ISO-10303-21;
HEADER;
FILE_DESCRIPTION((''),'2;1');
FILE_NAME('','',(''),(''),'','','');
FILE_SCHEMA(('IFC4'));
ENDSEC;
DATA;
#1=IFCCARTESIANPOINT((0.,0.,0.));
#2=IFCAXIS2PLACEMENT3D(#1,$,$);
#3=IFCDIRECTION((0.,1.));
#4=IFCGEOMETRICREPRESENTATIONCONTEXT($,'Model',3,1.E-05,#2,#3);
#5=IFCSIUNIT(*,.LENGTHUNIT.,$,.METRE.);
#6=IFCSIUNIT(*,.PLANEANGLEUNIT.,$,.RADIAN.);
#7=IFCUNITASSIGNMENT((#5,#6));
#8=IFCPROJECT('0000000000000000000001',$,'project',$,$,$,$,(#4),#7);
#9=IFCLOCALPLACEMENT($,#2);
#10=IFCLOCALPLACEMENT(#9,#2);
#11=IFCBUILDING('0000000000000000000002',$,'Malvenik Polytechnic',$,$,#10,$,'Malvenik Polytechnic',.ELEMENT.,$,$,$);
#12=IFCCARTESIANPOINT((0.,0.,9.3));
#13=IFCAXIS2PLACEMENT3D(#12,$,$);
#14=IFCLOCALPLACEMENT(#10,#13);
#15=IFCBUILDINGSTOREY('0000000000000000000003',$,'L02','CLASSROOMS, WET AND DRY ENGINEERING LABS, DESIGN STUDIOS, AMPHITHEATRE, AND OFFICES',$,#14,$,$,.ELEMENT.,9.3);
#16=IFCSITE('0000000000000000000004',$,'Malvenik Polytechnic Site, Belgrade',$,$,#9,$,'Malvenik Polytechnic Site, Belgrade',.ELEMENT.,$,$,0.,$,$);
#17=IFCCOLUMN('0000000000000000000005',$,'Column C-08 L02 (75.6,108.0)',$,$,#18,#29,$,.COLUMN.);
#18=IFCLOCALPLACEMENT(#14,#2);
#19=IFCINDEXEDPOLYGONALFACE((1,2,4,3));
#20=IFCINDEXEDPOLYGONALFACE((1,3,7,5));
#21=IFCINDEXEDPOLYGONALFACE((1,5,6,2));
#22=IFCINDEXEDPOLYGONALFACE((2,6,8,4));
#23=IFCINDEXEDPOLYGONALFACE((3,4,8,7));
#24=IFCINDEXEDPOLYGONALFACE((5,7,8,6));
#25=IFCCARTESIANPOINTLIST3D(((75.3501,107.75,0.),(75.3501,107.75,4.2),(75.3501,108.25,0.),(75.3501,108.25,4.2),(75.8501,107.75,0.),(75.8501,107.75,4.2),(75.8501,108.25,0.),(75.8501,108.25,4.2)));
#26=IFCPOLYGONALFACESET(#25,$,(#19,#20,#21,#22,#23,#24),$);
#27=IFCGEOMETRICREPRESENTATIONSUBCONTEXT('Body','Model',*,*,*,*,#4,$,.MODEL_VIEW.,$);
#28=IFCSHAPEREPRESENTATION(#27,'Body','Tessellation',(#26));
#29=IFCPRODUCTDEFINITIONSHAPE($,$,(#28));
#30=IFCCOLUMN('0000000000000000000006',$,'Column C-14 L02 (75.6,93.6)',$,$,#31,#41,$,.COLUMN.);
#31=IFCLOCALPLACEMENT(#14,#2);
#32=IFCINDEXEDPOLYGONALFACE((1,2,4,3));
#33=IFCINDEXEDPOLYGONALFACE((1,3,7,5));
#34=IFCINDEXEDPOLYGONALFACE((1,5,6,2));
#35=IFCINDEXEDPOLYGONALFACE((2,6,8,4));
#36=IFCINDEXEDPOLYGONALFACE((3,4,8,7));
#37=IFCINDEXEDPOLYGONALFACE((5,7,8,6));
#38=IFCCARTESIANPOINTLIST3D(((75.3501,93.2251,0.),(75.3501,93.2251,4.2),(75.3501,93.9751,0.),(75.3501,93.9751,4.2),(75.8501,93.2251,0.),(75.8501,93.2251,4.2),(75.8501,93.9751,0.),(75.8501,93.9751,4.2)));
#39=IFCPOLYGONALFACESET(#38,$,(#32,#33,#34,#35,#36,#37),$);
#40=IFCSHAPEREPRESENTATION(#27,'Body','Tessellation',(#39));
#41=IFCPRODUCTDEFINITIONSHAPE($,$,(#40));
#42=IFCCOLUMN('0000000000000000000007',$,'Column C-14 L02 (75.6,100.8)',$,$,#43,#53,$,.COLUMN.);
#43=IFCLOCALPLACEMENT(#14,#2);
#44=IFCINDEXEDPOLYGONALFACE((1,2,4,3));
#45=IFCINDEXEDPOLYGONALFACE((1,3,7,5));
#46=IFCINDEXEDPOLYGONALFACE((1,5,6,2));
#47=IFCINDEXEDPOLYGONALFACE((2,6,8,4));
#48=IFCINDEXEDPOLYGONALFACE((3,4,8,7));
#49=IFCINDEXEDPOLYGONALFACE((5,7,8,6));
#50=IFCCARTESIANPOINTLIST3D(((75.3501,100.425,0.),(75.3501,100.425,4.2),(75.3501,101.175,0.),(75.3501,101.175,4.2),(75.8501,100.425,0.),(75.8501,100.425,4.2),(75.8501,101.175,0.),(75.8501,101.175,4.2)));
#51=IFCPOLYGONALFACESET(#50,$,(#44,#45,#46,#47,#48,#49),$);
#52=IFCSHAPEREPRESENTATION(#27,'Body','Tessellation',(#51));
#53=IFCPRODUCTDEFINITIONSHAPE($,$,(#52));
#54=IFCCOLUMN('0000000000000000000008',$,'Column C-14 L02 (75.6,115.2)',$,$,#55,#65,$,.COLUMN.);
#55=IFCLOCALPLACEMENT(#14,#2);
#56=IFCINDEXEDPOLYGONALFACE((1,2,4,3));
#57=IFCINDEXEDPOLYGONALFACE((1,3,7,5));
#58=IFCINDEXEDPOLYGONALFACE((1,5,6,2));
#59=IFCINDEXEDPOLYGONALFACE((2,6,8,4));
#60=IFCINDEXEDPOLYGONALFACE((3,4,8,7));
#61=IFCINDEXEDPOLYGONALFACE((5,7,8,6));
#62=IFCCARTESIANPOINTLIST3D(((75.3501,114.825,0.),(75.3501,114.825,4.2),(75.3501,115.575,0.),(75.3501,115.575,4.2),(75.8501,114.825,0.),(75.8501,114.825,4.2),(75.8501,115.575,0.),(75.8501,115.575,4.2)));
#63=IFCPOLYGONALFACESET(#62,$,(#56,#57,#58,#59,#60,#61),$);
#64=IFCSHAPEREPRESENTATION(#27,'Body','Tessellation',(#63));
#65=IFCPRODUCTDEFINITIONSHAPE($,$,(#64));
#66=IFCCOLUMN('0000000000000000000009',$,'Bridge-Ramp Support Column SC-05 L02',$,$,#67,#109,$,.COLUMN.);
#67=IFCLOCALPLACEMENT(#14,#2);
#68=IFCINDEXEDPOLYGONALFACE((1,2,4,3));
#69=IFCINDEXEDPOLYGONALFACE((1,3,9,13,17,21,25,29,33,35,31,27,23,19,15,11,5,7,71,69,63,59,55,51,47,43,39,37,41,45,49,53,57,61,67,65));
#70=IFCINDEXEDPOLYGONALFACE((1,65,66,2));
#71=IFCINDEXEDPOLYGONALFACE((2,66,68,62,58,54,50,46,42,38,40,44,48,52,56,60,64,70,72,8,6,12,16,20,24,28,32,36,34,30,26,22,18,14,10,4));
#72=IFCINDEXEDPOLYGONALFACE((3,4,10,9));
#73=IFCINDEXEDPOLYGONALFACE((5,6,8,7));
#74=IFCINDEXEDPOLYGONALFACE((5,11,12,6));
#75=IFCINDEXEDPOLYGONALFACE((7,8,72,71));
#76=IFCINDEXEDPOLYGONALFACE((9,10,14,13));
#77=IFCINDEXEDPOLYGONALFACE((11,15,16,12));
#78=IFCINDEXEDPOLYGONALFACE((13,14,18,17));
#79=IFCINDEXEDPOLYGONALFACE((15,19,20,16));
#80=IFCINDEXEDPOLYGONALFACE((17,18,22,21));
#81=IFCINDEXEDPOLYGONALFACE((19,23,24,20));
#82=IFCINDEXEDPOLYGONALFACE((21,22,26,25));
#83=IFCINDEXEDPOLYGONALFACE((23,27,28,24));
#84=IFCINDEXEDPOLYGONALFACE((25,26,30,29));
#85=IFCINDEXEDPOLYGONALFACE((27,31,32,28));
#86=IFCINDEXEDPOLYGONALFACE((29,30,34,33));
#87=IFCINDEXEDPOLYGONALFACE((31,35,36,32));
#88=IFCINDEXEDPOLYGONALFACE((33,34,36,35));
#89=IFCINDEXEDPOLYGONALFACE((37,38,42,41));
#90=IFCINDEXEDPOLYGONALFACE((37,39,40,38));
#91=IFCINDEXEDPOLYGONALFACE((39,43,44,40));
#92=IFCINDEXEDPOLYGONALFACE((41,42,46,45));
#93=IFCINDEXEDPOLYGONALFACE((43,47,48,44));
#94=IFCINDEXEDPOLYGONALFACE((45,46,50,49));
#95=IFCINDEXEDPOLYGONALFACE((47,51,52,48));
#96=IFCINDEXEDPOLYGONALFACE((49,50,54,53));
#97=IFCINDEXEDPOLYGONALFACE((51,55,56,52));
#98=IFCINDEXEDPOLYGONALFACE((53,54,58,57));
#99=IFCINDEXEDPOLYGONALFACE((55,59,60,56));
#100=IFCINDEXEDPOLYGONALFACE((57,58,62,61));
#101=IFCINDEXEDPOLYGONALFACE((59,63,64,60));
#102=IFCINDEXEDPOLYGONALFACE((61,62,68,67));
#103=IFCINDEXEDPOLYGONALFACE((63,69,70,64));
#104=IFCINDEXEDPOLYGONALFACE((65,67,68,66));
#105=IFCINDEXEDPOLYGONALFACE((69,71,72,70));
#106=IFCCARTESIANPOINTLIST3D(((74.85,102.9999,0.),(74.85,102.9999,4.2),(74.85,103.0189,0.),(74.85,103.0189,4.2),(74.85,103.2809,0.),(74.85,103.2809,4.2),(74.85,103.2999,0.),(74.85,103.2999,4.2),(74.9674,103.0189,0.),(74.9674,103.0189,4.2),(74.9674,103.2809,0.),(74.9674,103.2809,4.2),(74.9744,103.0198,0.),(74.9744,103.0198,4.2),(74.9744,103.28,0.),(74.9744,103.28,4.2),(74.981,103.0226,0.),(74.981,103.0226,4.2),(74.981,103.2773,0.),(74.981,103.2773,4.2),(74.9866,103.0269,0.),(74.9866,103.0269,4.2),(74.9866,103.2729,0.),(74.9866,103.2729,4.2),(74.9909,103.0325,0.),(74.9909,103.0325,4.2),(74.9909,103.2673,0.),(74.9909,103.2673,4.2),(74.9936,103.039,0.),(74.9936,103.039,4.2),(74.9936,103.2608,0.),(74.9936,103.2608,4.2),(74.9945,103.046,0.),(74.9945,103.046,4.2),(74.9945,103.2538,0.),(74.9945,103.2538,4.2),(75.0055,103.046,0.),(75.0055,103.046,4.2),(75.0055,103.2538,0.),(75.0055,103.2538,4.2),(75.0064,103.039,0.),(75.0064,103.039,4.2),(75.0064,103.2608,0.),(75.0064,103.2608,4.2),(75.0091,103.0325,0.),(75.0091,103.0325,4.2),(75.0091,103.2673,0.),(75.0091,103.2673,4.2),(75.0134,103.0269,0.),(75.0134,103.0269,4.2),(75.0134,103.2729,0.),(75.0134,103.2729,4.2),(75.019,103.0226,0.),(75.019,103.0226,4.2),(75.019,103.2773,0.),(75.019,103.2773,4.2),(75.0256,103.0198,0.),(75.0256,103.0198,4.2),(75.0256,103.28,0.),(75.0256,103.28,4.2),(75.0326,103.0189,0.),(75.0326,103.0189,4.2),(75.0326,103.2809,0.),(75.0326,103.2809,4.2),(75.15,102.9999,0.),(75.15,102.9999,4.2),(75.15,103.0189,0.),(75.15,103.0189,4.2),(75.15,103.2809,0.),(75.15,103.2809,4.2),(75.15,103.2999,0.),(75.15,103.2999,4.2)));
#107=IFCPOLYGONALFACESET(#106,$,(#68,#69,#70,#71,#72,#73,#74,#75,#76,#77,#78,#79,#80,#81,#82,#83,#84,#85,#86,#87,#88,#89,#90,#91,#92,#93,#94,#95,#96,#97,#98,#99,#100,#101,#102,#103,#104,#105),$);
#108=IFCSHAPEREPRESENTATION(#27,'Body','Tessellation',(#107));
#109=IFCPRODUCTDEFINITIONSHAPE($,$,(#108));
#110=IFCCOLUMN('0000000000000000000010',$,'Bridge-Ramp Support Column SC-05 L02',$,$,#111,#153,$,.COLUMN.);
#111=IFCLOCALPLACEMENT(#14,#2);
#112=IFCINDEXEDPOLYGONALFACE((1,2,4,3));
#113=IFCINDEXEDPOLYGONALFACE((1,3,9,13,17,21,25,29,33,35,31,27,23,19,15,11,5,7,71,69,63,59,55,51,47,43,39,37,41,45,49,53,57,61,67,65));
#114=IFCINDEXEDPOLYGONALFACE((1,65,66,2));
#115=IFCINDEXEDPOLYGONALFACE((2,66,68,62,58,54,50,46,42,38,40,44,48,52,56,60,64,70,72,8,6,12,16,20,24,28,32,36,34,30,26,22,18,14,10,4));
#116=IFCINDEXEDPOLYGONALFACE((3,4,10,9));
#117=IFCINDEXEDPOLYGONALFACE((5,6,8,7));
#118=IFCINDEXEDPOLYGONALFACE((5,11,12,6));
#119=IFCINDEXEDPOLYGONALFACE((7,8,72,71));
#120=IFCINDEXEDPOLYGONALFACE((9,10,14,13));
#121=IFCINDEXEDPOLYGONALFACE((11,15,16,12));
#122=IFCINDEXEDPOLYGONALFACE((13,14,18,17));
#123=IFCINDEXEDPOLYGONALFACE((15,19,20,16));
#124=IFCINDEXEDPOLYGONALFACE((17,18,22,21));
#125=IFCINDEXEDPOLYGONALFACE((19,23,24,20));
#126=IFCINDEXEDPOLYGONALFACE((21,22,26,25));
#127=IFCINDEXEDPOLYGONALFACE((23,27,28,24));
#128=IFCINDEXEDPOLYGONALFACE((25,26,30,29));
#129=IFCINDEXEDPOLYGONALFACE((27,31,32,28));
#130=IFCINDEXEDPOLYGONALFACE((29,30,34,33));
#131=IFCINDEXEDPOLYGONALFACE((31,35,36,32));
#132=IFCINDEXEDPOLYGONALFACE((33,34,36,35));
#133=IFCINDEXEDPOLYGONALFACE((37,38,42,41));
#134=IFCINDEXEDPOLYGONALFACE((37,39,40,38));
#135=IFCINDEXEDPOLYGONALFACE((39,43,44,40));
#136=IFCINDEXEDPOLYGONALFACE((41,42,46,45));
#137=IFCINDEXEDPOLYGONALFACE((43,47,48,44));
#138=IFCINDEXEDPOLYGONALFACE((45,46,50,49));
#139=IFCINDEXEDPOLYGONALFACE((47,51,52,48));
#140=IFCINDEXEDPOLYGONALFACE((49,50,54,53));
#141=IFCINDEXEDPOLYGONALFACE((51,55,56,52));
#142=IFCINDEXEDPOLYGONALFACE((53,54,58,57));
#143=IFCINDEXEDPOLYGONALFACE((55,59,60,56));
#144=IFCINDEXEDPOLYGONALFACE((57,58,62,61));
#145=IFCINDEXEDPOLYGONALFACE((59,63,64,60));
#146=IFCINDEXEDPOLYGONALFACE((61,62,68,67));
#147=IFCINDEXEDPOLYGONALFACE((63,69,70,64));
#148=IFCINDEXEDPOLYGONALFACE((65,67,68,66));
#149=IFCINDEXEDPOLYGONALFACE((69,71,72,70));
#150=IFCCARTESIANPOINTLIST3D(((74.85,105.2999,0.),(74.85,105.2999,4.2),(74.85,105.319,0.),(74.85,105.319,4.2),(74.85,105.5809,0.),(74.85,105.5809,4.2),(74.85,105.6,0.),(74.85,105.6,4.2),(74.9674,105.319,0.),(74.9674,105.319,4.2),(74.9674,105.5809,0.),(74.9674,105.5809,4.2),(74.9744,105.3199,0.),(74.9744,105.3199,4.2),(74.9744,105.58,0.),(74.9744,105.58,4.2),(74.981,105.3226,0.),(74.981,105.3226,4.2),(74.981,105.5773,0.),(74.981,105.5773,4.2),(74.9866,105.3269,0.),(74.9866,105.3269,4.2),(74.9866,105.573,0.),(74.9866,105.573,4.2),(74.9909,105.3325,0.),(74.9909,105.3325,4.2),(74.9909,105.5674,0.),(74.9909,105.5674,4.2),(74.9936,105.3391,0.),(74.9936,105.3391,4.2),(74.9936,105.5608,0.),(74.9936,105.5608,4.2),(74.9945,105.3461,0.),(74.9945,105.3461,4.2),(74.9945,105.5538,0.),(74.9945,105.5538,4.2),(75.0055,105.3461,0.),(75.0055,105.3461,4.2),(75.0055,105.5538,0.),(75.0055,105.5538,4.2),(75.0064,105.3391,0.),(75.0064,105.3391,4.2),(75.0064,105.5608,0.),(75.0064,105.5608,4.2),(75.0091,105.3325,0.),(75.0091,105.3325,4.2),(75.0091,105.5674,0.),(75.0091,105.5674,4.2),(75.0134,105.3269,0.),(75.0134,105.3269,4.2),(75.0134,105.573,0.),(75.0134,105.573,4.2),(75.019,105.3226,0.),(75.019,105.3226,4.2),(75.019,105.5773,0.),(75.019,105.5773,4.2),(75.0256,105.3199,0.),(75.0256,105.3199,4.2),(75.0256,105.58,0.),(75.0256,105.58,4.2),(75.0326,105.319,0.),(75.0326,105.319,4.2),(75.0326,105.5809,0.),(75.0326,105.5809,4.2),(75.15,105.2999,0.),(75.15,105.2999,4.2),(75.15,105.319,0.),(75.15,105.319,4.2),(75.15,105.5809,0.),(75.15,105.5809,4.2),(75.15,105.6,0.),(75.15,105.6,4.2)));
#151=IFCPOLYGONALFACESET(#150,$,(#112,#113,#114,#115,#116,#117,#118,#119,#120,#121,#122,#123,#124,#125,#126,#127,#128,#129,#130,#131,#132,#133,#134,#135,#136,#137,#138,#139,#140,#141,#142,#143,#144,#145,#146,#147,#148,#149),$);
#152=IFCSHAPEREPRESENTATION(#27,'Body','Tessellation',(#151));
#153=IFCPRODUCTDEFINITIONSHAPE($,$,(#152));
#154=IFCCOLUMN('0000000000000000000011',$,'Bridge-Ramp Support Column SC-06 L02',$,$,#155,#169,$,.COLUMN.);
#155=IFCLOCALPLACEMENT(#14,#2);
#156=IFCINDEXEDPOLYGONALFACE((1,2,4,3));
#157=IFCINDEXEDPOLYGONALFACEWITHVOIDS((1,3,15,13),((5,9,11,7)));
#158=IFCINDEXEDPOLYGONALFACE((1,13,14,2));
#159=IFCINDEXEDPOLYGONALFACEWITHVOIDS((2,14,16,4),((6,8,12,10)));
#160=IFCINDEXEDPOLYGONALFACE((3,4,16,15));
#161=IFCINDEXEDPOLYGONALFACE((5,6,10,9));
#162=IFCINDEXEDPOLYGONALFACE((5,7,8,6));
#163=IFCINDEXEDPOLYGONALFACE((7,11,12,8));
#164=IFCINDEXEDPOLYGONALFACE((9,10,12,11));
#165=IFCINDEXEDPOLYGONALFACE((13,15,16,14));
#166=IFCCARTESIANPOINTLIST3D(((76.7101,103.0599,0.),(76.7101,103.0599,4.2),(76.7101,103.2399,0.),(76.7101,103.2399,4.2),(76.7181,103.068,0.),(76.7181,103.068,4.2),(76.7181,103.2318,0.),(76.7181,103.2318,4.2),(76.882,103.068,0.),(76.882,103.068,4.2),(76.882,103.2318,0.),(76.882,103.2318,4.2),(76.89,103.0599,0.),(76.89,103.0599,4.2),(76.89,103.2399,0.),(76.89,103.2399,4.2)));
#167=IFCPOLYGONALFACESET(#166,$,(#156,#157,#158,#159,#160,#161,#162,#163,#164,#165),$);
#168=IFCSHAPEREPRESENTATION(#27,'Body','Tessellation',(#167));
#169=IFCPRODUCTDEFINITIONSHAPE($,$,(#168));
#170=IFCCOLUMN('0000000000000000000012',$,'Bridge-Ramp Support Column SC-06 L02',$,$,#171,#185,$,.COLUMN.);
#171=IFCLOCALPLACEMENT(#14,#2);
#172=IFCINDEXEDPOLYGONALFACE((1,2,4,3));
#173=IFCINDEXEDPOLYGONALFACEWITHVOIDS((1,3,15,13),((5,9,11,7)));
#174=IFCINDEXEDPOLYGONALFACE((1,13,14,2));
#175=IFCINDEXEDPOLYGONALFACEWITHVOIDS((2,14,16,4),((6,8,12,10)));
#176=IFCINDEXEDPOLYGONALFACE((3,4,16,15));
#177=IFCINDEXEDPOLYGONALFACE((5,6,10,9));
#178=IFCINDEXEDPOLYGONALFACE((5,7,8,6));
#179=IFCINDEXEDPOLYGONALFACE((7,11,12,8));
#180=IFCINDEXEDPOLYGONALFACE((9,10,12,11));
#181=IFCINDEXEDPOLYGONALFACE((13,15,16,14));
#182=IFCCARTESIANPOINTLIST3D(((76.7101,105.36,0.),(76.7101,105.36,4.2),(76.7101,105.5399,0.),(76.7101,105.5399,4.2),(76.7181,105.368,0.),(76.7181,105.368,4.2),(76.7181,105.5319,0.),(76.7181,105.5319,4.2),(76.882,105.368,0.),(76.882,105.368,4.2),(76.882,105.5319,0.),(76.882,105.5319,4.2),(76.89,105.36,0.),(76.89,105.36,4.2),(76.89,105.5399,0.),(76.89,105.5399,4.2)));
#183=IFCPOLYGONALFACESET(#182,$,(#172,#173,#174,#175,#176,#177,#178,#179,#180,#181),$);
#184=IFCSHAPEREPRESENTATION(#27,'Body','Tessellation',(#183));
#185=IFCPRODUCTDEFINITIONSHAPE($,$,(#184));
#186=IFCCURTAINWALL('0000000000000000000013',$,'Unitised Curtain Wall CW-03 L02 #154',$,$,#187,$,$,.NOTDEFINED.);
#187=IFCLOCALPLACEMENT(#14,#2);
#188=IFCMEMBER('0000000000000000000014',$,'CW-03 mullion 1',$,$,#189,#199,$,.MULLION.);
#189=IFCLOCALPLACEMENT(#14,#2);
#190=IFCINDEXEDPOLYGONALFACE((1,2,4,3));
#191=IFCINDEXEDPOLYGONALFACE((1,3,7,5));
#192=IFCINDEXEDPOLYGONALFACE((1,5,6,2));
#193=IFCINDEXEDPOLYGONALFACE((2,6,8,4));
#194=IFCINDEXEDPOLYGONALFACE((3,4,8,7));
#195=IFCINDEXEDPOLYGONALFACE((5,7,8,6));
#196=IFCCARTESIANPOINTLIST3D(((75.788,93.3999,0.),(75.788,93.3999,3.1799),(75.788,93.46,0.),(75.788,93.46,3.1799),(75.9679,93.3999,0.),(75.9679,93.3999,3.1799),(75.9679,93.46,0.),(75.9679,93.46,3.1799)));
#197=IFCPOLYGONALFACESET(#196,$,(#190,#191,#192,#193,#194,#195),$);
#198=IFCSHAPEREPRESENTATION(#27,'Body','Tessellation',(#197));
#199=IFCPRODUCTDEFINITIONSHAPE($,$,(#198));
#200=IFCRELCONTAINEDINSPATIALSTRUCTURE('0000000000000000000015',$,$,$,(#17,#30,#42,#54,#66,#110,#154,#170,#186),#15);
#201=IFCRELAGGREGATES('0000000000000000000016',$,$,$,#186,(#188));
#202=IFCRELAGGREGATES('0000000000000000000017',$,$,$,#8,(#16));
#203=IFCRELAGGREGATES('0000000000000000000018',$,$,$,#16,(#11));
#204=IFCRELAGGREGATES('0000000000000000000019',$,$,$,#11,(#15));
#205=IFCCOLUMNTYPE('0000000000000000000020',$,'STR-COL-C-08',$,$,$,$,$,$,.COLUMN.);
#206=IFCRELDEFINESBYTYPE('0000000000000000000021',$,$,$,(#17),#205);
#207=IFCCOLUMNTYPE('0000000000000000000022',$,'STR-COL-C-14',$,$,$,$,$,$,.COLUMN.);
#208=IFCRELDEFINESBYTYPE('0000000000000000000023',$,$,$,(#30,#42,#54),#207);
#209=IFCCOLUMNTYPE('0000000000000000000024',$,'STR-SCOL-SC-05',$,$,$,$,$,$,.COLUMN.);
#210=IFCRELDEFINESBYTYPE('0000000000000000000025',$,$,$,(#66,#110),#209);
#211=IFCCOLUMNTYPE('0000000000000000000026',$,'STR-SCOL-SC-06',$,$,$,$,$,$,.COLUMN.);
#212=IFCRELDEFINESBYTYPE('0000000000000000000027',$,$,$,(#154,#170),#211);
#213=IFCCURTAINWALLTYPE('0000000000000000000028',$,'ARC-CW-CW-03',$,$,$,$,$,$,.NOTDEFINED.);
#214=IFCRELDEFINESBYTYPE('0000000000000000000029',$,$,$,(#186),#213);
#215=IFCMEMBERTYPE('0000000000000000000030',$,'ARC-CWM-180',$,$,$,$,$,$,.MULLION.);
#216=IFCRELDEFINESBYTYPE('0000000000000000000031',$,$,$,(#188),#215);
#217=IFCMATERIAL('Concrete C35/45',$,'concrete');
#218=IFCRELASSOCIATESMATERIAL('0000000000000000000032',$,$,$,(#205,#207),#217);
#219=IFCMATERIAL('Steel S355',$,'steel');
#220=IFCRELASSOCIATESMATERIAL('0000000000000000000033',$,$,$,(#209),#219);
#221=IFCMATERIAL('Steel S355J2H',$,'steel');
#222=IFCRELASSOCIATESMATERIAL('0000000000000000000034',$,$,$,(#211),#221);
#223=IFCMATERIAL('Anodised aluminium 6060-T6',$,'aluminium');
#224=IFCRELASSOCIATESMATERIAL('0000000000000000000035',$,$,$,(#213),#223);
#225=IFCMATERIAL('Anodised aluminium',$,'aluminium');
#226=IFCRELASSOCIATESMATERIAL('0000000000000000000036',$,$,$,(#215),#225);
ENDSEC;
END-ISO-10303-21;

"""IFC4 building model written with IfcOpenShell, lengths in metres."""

from ifc_helpers import new_model, si_unit, direction, frame, origin, origin_2d, place, context, subcontext, project, spatial, rectangle, hollow_rectangle, i_section, extrude, material, material_profile, profile_set, type_object, element, aggregate, save


model = new_model("IFC4")

# Units and contexts
model_context = context("Model", 3, precision=1e-05, world=origin(), true_north=direction((0.0, 1.0)))
body_context = subcontext(model_context, "Body", "Model", "MODEL_VIEW")
ifc_project = project(units=[si_unit("LENGTHUNIT", "METRE"), si_unit("PLANEANGLEUNIT", "RADIAN")], contexts=[model_context])

# Site, building, storey
site_placement = place(None, origin())
site = spatial("IfcSite", under=ifc_project, at=site_placement, Name="Malvenik Polytechnic Site, Belgrade", LongName="Malvenik Polytechnic Site, Belgrade", CompositionType="ELEMENT", RefElevation=0.0)
building_placement = place(site_placement, origin())
building = spatial("IfcBuilding", under=site, at=building_placement, Name="Malvenik Polytechnic", LongName="Malvenik Polytechnic", CompositionType="ELEMENT")
storey_placement = place(building_placement, frame((0.0, 0.0, 9.3)))
storey = spatial("IfcBuildingStorey", under=building, at=storey_placement, Name="L02", Description="CLASSROOMS, WET AND DRY ENGINEERING LABS, DESIGN STUDIOS, AMPHITHEATRE, AND OFFICES", CompositionType="ELEMENT", Elevation=9.3)

# Columns
ifc_material_1 = material(Name="Concrete C35/45", Category="concrete")
ifc_material_profile_1 = material_profile(ifc_material_1, rectangle(XDim=0.5, YDim=0.5, at=origin_2d()), Name="RC COL 500x500")
ifc_profile_set_1 = profile_set([ifc_material_profile_1], Name="Concrete C35/45")
column_type_1 = type_object("IfcColumnType", Name="STR-COL-C-08", PredefinedType="COLUMN", material=ifc_profile_set_1)
column_placement = place(storey_placement, frame((75.6001, 108.0, 0.0), z_axis=(0.0, 0.0, 1.0), x_axis=(1.0, 0.0, 0.0)))
element("IfcColumn", 1, at=column_placement, inside=storey, type_object=column_type_1, Name="Column C-08 L02 (75.6,108.0)", PredefinedType="COLUMN", context=body_context, shape_type="SweptSolid", body=[
    extrude(rectangle(XDim=0.5, YDim=0.5, at=origin_2d()), origin(), (0.0, 0.0, 1.0), 4.2),
])
ifc_material_profile_2 = material_profile(ifc_material_1, rectangle(XDim=0.5, YDim=0.75, at=origin_2d()), Name="RC COL 750x500")
ifc_profile_set_2 = profile_set([ifc_material_profile_2], Name="Concrete C35/45")
column_type_2 = type_object("IfcColumnType", Name="STR-COL-C-14", PredefinedType="COLUMN", material=ifc_profile_set_2)
for number, where, z_axis, x_axis, name in (
    (2, (75.6001, 93.6001, 0.0), (0.0, 0.0, 1.0), (1.0, 0.0, 0.0), "Column C-14 L02 (75.6,93.6)"),
    (3, (75.6001, 100.8, 0.0), (0.0, 0.0, 1.0), (1.0, 0.0, 0.0), "Column C-14 L02 (75.6,100.8)"),
    (4, (75.6001, 115.2, 0.0), (0.0, 0.0, 1.0), (1.0, 0.0, 0.0), "Column C-14 L02 (75.6,115.2)"),
):
    element("IfcColumn", number, at=place(storey_placement, frame(where, z_axis=z_axis, x_axis=x_axis)), inside=storey, type_object=column_type_2, Name=name, PredefinedType="COLUMN", context=body_context, shape_type="SweptSolid", body=[
        extrude(rectangle(XDim=0.5, YDim=0.75, at=origin_2d()), origin(), (0.0, 0.0, 1.0), 4.2),
    ])
ifc_material_2 = material(Name="Steel S355", Category="steel")
ifc_material_profile_3 = material_profile(ifc_material_2, i_section(OverallWidth=0.3, OverallDepth=0.3, WebThickness=0.011, FlangeThickness=0.019, FilletRadius=0.0271, at=origin_2d()), Name="HEB 300")
ifc_profile_set_3 = profile_set([ifc_material_profile_3], Name="Steel S355")
column_type_3 = type_object("IfcColumnType", Name="STR-SCOL-SC-05", PredefinedType="COLUMN", material=ifc_profile_set_3)
for number, where, z_axis, x_axis, name in (
    (5, (75.0, 103.1499, 0.0), (0.0, 0.0, 1.0), (1.0, 0.0, 0.0), "Bridge-Ramp Support Column SC-05 L02"),
    (6, (75.0, 105.45, 0.0), (0.0, 0.0, 1.0), (1.0, 0.0, 0.0), "Bridge-Ramp Support Column SC-05 L02"),
):
    element("IfcColumn", number, at=place(storey_placement, frame(where, z_axis=z_axis, x_axis=x_axis)), inside=storey, type_object=column_type_3, Name=name, PredefinedType="COLUMN", context=body_context, shape_type="SweptSolid", body=[
        extrude(i_section(OverallWidth=0.3, OverallDepth=0.3, WebThickness=0.011, FlangeThickness=0.019, FilletRadius=0.0271, at=origin_2d()), origin(), (0.0, 0.0, 1.0), 4.2),
    ])
ifc_material_3 = material(Name="Steel S355J2H", Category="steel")
ifc_material_profile_4 = material_profile(ifc_material_3, hollow_rectangle(XDim=0.1799, YDim=0.1799, WallThickness=0.0081, at=origin_2d()), Name="SHS 180x180x8.0")
ifc_profile_set_4 = profile_set([ifc_material_profile_4], Name="Steel S355J2H")
column_type_4 = type_object("IfcColumnType", Name="STR-SCOL-SC-06", PredefinedType="COLUMN", material=ifc_profile_set_4)
for number, where, z_axis, x_axis, name in (
    (7, (76.8, 103.1499, 0.0), (0.0, 0.0, 1.0), (1.0, 0.0, 0.0), "Bridge-Ramp Support Column SC-06 L02"),
    (8, (76.8, 105.45, 0.0), (0.0, 0.0, 1.0), (1.0, 0.0, 0.0), "Bridge-Ramp Support Column SC-06 L02"),
):
    element("IfcColumn", number, at=place(storey_placement, frame(where, z_axis=z_axis, x_axis=x_axis)), inside=storey, type_object=column_type_4, Name=name, PredefinedType="COLUMN", context=body_context, shape_type="SweptSolid", body=[
        extrude(hollow_rectangle(XDim=0.1799, YDim=0.1799, WallThickness=0.0081, at=origin_2d()), origin(), (0.0, 0.0, 1.0), 4.2),
    ])

# Curtain wall, member
ifc_material_4 = material(Name="Anodised aluminium 6060-T6", Category="aluminium")
curtain_wall_type = type_object("IfcCurtainWallType", Name="ARC-CW-CW-03", PredefinedType="NOTDEFINED", material=ifc_material_4)
curtain_wall_1_placement = place(storey_placement, origin())
curtain_wall_1 = element("IfcCurtainWall", 9, at=curtain_wall_1_placement, inside=storey, type_object=curtain_wall_type, Name="Unitised Curtain Wall CW-03 L02 #154", PredefinedType="NOTDEFINED")
ifc_material_5 = material(Name="Anodised aluminium", Category="aluminium")
ifc_material_profile_5 = material_profile(ifc_material_5, rectangle(XDim=0.0601, YDim=0.1799, at=origin_2d()), Name="ALU MULLION 60x180")
ifc_profile_set_5 = profile_set([ifc_material_profile_5], Name="Anodised aluminium")
member_type_1 = type_object("IfcMemberType", Name="ARC-CWM-180", PredefinedType="MULLION", material=ifc_profile_set_5)
member_1_placement = place(storey_placement, frame((75.8779, 93.4299, 0.0), z_axis=(0.0, 0.0, 1.0), x_axis=(0.0, 1.0, 0.0)))
member_1 = element("IfcMember", 10, at=member_1_placement, type_object=member_type_1, Name="CW-03 mullion 1", PredefinedType="MULLION", context=body_context, shape_type="SweptSolid", body=[
    extrude(rectangle(XDim=0.0601, YDim=0.1799, at=origin_2d()), origin(), (0.0, 0.0, 1.0), 3.1799),
])

aggregate(curtain_wall_1, [member_1])

save(model, "model.ifc")
